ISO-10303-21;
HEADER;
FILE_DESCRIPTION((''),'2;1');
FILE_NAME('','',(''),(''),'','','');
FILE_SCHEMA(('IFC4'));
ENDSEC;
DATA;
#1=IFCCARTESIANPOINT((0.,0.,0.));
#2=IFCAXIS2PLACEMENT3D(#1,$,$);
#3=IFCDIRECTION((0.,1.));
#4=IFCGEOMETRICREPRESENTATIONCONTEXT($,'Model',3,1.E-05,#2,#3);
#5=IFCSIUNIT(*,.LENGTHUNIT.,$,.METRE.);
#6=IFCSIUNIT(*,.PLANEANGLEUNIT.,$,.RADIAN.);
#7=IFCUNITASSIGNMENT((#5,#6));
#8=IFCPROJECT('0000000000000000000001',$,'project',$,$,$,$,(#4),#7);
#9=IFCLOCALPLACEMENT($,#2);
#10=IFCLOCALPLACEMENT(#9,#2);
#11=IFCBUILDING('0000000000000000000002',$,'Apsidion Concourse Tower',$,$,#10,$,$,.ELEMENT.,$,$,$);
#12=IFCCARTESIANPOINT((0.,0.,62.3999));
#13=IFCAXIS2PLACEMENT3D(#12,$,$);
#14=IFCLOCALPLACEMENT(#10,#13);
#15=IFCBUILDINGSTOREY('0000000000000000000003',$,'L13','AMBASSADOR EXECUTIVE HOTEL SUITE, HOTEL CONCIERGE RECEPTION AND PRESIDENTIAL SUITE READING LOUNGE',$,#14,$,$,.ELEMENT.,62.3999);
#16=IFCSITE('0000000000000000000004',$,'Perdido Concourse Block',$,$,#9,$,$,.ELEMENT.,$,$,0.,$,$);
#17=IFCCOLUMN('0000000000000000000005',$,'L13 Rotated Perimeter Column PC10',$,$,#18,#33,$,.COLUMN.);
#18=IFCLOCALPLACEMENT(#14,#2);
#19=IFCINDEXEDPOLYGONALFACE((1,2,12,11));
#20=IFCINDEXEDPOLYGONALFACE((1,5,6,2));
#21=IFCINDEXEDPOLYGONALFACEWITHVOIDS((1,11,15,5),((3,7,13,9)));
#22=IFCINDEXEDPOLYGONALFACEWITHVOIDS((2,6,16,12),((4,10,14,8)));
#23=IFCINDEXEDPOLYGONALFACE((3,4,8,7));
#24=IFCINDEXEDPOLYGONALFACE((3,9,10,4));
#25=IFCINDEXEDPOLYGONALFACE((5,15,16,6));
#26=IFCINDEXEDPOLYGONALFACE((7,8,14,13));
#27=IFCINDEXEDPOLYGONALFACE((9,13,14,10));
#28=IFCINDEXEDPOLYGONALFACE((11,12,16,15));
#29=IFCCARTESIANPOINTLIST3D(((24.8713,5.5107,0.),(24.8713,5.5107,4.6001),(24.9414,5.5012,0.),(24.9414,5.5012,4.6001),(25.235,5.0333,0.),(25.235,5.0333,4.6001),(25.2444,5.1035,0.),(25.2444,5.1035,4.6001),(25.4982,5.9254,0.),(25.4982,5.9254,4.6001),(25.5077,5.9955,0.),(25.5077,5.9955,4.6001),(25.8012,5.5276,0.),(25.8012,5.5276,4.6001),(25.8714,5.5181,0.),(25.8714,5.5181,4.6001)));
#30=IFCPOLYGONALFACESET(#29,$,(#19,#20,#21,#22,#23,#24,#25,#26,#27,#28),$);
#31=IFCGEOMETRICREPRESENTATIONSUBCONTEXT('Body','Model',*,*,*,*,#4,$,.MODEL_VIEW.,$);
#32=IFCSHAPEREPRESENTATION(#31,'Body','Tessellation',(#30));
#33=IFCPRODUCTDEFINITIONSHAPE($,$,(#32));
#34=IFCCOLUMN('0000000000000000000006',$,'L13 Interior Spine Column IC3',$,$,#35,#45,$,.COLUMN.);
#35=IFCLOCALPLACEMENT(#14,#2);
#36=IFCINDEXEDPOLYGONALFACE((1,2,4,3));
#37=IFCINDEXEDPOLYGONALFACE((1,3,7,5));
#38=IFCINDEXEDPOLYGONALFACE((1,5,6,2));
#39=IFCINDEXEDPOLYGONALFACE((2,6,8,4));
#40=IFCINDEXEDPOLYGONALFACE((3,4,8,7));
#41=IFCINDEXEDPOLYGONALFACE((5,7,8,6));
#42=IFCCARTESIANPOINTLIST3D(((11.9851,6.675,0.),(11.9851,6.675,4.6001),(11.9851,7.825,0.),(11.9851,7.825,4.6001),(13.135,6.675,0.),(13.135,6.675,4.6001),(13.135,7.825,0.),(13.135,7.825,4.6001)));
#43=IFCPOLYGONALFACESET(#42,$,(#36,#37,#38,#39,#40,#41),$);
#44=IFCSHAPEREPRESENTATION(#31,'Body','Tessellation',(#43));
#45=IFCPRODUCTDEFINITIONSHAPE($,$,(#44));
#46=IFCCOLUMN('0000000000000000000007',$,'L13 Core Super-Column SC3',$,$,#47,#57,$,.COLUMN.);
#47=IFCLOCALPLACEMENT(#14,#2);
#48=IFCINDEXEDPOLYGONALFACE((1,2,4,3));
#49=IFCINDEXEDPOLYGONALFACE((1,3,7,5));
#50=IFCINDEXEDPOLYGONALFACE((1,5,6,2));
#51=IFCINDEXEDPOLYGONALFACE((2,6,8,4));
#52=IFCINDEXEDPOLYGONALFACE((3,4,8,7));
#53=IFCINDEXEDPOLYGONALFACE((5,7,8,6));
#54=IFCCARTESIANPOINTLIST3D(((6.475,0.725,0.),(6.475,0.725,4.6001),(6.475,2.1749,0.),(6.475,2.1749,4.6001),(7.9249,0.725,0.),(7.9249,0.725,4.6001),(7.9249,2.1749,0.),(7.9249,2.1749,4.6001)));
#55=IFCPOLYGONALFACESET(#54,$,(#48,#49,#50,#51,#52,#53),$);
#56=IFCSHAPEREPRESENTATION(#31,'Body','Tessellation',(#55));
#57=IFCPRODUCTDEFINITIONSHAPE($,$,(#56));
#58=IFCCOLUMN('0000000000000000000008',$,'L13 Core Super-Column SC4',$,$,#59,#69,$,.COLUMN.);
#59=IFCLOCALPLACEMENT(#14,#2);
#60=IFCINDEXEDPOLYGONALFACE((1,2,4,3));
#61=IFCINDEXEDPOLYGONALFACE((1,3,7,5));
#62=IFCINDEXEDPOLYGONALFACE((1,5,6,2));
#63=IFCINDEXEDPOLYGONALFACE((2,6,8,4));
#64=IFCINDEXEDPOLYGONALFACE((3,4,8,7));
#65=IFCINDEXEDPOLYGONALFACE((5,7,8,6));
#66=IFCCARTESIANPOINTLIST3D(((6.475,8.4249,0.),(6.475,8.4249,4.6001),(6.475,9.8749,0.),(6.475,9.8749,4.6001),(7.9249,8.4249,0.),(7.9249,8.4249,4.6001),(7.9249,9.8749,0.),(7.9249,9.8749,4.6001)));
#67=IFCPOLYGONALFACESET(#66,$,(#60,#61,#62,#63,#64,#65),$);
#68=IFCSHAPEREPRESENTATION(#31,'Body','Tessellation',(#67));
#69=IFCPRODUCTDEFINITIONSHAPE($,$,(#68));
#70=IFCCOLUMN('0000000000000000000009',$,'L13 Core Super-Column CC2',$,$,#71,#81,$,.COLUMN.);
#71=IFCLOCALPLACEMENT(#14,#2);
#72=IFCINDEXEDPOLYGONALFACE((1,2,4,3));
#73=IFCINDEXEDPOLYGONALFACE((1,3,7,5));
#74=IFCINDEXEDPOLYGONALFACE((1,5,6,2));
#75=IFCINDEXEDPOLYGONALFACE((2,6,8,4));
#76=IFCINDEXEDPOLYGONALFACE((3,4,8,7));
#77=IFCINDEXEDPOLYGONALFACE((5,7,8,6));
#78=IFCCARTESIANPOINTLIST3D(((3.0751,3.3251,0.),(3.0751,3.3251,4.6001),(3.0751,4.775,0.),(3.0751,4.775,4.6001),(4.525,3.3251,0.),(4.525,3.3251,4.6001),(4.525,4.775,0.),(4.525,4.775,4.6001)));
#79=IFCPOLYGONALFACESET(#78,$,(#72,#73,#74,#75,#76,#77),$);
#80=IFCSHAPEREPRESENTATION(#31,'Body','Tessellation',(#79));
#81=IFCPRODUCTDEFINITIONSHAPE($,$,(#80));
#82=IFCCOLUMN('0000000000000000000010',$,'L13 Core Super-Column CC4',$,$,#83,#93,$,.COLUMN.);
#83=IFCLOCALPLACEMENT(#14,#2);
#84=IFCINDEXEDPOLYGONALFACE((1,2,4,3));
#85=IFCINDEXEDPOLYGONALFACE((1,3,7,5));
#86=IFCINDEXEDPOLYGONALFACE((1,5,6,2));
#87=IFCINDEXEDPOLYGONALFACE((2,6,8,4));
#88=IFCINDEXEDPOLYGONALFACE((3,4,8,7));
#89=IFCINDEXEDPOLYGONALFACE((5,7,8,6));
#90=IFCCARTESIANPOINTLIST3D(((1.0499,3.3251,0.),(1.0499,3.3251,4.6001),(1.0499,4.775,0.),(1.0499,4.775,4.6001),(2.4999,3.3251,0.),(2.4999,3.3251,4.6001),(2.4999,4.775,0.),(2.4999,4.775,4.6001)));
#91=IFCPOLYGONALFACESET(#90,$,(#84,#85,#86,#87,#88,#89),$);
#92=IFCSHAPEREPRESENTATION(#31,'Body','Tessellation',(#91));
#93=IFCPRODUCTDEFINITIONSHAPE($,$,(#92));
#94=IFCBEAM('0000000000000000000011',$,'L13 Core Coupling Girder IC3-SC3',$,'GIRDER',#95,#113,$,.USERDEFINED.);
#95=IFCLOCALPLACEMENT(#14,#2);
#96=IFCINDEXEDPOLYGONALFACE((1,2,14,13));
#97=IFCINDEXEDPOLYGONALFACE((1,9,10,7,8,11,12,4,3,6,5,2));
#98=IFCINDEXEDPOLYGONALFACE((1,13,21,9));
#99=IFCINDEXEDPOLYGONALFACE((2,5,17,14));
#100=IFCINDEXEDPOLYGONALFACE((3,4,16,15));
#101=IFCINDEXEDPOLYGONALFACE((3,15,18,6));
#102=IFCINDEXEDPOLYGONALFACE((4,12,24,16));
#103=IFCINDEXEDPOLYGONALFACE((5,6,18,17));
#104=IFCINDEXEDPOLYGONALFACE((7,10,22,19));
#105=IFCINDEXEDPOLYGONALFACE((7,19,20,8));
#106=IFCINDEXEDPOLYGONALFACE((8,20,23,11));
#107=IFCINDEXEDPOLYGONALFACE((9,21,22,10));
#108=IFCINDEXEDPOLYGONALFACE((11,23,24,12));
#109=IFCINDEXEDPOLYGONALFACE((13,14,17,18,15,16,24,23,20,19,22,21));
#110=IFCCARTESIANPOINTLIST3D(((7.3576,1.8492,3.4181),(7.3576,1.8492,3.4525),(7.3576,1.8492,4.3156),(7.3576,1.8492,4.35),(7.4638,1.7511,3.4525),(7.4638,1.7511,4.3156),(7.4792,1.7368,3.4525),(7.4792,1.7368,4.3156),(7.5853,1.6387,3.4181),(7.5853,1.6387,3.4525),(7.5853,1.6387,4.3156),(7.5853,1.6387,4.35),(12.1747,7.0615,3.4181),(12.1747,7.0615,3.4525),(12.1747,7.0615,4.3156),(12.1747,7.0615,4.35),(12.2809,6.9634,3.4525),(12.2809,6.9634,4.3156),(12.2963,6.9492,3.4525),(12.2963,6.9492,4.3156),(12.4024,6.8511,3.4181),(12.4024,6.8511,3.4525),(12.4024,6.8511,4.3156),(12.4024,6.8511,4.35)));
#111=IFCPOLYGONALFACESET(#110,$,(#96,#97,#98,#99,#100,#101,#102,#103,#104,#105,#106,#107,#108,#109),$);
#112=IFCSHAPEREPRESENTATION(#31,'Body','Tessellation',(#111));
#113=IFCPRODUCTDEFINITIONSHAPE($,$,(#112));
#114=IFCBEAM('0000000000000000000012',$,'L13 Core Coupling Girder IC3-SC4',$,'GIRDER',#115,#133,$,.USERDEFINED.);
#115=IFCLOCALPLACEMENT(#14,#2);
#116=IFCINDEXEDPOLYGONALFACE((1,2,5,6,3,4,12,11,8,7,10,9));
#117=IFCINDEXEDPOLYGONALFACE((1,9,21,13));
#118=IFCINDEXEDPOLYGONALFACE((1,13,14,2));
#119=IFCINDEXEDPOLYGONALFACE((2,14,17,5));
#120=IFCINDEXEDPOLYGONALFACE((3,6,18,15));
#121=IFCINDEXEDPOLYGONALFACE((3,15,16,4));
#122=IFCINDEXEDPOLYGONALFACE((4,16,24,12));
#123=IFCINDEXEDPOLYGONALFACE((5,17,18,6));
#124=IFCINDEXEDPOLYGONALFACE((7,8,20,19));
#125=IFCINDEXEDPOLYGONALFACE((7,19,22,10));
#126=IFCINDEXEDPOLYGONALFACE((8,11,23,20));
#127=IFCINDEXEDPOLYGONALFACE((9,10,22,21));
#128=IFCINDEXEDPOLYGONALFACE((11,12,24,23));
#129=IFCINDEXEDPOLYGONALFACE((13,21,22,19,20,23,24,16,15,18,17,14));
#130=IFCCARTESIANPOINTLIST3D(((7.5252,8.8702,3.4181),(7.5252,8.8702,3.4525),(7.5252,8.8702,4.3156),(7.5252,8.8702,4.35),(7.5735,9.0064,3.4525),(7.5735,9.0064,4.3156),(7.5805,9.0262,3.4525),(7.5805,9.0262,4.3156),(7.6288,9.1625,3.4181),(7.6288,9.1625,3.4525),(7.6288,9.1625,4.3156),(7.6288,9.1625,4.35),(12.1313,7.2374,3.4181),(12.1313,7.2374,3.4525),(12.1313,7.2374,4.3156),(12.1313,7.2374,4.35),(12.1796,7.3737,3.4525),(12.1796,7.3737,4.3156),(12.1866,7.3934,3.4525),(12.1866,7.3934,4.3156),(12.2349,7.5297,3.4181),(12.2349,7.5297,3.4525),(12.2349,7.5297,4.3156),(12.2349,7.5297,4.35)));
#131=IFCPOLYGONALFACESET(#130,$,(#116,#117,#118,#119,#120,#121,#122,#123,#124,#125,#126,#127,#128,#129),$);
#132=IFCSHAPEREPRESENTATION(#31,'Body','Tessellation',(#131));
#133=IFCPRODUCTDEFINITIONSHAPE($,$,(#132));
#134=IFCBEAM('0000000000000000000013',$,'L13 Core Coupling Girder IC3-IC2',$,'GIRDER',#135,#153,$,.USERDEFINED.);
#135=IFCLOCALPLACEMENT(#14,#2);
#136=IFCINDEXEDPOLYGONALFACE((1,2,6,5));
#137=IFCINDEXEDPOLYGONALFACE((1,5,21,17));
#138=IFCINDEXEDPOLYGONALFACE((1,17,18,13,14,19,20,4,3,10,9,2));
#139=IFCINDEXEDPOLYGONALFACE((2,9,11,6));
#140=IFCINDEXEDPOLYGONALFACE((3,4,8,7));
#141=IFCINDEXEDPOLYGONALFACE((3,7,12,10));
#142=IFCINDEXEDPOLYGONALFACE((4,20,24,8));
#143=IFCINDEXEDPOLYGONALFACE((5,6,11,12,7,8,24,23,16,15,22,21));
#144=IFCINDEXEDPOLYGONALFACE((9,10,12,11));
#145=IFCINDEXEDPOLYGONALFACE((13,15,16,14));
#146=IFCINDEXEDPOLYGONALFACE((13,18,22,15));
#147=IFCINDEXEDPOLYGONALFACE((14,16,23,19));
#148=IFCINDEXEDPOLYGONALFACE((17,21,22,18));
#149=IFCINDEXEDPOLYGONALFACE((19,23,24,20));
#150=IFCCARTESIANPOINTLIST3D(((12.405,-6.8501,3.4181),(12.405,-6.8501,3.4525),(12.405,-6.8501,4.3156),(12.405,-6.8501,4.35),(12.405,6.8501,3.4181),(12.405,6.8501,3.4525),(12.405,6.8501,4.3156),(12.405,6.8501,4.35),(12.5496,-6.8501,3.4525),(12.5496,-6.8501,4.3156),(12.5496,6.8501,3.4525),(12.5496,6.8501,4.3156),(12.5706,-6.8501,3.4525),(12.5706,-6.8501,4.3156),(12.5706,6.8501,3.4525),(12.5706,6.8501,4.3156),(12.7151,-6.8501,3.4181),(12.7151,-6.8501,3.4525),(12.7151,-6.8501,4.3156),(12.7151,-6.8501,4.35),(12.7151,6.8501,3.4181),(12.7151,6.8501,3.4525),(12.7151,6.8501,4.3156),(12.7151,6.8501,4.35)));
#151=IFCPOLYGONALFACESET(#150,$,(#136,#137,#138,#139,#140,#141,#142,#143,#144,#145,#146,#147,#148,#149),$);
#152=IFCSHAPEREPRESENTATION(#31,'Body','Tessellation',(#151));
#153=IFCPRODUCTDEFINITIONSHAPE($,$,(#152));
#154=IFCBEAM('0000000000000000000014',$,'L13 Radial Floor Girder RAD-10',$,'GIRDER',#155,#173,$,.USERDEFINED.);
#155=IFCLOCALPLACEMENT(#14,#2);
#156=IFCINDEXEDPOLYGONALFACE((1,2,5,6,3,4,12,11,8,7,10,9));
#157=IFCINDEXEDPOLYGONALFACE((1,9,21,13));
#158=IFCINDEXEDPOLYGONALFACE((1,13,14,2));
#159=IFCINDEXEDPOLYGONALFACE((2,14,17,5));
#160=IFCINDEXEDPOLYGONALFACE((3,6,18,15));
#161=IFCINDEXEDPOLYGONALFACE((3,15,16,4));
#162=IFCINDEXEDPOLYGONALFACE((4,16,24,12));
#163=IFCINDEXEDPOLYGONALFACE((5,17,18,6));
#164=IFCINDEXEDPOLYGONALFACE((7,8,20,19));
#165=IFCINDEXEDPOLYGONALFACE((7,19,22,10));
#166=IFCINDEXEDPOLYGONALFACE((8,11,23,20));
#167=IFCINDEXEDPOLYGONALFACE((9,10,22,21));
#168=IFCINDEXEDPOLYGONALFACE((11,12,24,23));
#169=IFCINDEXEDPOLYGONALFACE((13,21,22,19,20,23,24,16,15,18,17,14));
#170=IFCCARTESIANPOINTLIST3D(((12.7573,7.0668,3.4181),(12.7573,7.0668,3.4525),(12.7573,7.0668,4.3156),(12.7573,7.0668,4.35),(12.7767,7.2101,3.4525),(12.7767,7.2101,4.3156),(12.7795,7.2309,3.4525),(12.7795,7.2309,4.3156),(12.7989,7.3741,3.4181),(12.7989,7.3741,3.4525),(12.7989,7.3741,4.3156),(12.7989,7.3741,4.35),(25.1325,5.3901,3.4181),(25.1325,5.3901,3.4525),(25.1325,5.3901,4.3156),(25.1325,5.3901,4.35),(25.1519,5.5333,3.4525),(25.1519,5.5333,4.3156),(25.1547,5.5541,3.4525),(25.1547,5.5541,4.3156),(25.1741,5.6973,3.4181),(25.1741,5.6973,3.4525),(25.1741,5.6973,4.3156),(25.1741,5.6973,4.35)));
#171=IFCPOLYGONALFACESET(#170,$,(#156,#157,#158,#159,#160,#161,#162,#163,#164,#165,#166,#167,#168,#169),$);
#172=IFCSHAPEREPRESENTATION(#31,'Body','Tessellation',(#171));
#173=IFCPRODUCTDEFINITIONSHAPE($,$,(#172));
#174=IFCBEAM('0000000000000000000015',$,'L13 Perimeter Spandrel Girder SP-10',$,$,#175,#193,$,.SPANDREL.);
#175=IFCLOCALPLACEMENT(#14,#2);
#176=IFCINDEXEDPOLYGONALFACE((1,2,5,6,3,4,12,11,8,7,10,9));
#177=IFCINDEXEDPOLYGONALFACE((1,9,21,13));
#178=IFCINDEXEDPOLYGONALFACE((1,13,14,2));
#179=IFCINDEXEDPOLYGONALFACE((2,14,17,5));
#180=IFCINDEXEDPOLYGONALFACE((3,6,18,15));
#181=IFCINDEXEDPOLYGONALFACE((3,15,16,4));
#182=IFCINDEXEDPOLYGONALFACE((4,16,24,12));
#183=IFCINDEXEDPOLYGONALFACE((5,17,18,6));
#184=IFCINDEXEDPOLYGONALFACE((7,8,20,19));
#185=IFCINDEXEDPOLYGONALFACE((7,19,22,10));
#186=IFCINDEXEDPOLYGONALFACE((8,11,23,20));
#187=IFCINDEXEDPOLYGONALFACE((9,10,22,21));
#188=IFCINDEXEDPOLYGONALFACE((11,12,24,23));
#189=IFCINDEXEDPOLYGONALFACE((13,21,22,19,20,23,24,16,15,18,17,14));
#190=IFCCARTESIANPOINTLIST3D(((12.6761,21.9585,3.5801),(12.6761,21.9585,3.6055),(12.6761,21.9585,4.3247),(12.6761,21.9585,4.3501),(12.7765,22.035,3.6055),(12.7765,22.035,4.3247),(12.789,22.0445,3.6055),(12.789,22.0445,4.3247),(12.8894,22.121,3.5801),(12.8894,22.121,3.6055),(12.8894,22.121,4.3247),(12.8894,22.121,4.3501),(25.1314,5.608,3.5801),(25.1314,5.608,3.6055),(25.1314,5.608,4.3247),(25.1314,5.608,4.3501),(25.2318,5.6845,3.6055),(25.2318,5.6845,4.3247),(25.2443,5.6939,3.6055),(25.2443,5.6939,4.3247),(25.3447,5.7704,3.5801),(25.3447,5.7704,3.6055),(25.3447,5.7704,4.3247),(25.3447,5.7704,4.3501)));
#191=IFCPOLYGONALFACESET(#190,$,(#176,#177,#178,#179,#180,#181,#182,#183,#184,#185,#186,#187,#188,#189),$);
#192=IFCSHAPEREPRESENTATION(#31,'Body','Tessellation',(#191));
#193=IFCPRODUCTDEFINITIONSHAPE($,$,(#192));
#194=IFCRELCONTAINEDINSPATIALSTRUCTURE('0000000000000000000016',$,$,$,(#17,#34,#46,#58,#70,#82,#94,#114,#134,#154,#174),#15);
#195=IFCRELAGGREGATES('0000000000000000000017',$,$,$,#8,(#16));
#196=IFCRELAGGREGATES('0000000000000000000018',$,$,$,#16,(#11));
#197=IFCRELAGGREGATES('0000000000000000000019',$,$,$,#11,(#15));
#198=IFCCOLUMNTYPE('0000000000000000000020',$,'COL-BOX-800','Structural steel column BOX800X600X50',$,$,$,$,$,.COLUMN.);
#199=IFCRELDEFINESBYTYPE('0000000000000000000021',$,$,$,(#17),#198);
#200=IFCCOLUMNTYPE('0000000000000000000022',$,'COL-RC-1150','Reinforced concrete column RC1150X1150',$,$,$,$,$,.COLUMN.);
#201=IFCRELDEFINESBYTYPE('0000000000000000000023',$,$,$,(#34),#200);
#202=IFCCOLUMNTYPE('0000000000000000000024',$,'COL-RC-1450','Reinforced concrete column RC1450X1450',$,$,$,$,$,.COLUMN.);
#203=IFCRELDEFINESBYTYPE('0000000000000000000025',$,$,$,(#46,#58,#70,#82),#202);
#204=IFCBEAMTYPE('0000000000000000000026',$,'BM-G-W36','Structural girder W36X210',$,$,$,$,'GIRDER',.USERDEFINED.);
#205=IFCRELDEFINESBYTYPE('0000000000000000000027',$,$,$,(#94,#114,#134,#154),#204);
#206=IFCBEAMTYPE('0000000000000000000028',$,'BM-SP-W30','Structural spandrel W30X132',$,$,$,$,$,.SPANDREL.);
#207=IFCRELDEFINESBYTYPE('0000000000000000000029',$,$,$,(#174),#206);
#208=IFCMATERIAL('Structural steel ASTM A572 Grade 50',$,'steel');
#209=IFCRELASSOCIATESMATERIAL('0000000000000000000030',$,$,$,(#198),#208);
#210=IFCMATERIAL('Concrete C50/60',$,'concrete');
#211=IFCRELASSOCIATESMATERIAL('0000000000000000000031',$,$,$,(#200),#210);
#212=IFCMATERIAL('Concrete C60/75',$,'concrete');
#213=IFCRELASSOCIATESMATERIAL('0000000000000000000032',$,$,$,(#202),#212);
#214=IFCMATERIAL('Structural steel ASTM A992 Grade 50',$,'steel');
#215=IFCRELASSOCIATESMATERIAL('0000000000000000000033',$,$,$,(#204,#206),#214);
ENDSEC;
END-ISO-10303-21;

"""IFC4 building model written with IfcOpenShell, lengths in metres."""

from ifc_helpers import new_model, si_unit, direction, frame, origin, origin_2d, place, context, subcontext, project, spatial, rectangle, hollow_rectangle, i_section, extrude, material, material_profile, profile_set, type_object, element, save


model = new_model("IFC4")

# Units and contexts
model_context = context("Model", 3, precision=1e-05, world=origin(), true_north=direction((0.0, 1.0)))
body_context = subcontext(model_context, "Body", "Model", "MODEL_VIEW")
ifc_project = project(units=[si_unit("LENGTHUNIT", "METRE"), si_unit("PLANEANGLEUNIT", "RADIAN")], contexts=[model_context])

# Site, building, storey
site_placement = place(None, origin())
site = spatial("IfcSite", under=ifc_project, at=site_placement, Name="Perdido Concourse Block", CompositionType="ELEMENT", RefElevation=0.0)
building_placement = place(site_placement, origin())
building = spatial("IfcBuilding", under=site, at=building_placement, Name="Apsidion Concourse Tower", CompositionType="ELEMENT")
storey_placement = place(building_placement, frame((0.0, 0.0, 62.3999)))
storey = spatial("IfcBuildingStorey", under=building, at=storey_placement, Name="L13", Description="AMBASSADOR EXECUTIVE HOTEL SUITE, HOTEL CONCIERGE RECEPTION AND PRESIDENTIAL SUITE READING LOUNGE", CompositionType="ELEMENT", Elevation=62.3999)

# Columns
ifc_material_1 = material(Name="Structural steel ASTM A572 Grade 50", Category="steel")
ifc_material_profile_1 = material_profile(ifc_material_1, hollow_rectangle(XDim=0.6001, YDim=0.8, WallThickness=0.05, at=origin_2d()), Name="BOX800X600X50")
ifc_profile_set_1 = profile_set([ifc_material_profile_1], Name="Structural steel ASTM A572 Grade 50")
column_type_1 = type_object("IfcColumnType", Name="COL-BOX-800", Description="Structural steel column BOX800X600X50", PredefinedType="COLUMN", material=ifc_profile_set_1)
column_1_placement = place(storey_placement, frame((25.3713, 5.5144, 0.0), z_axis=(0.0, 0.0, 1.0), x_axis=(-0.605988, 0.795473, 0.0)))
element("IfcColumn", 1, at=column_1_placement, inside=storey, type_object=column_type_1, Name="L13 Rotated Perimeter Column PC10", PredefinedType="COLUMN", context=body_context, shape_type="SweptSolid", body=[
    extrude(hollow_rectangle(XDim=0.6001, YDim=0.8, WallThickness=0.05, at=origin_2d()), origin(), (0.0, 0.0, 1.0), 4.6001),
])
ifc_material_2 = material(Name="Concrete C50/60", Category="concrete")
ifc_material_profile_2 = material_profile(ifc_material_2, rectangle(XDim=1.1499, YDim=1.1499, at=origin_2d()), Name="RC 1150x1150")
ifc_profile_set_2 = profile_set([ifc_material_profile_2], Name="Concrete C50/60")
column_type_2 = type_object("IfcColumnType", Name="COL-RC-1150", Description="Reinforced concrete column RC1150X1150", PredefinedType="COLUMN", material=ifc_profile_set_2)
column_2_placement = place(storey_placement, frame((12.5601, 7.25, 0.0), z_axis=(0.0, 0.0, 1.0), x_axis=(1.0, 0.0, 0.0)))
element("IfcColumn", 2, at=column_2_placement, inside=storey, type_object=column_type_2, Name="L13 Interior Spine Column IC3", PredefinedType="COLUMN", context=body_context, shape_type="SweptSolid", body=[
    extrude(rectangle(XDim=1.1499, YDim=1.1499, at=origin_2d()), origin(), (0.0, 0.0, 1.0), 4.6001),
])
ifc_material_3 = material(Name="Concrete C60/75", Category="concrete")
ifc_material_profile_3 = material_profile(ifc_material_3, rectangle(XDim=1.45, YDim=1.45, at=origin_2d()), Name="RC 1450x1450")
ifc_profile_set_3 = profile_set([ifc_material_profile_3], Name="Concrete C60/75")
column_type_3 = type_object("IfcColumnType", Name="COL-RC-1450", Description="Reinforced concrete column RC1450X1450", PredefinedType="COLUMN", material=ifc_profile_set_3)
for number, where, z_axis, x_axis, name in (
    (3, (7.2, 1.45, 0.0), (0.0, 0.0, 1.0), (1.0, 0.0, 0.0), "L13 Core Super-Column SC3"),
    (4, (7.2, 9.1499, 0.0), (0.0, 0.0, 1.0), (1.0, 0.0, 0.0), "L13 Core Super-Column SC4"),
    (5, (3.8, 4.05, 0.0), (0.0, 0.0, 1.0), (1.0, 0.0, 0.0), "L13 Core Super-Column CC2"),
    (6, (1.7749, 4.05, 0.0), (0.0, 0.0, 1.0), (1.0, 0.0, 0.0), "L13 Core Super-Column CC4"),
):
    element("IfcColumn", number, at=place(storey_placement, frame(where, z_axis=z_axis, x_axis=x_axis)), inside=storey, type_object=column_type_3, Name=name, PredefinedType="COLUMN", context=body_context, shape_type="SweptSolid", body=[
        extrude(rectangle(XDim=1.45, YDim=1.45, at=origin_2d()), origin(), (0.0, 0.0, 1.0), 4.6001),
    ])

# Beams
ifc_material_4 = material(Name="Structural steel ASTM A992 Grade 50", Category="steel")
ifc_material_profile_4 = material_profile(ifc_material_4, i_section(OverallWidth=0.3101, OverallDepth=0.9319, WebThickness=0.021, FlangeThickness=0.0344, at=origin_2d()), Name="W36X210")
ifc_profile_set_4 = profile_set([ifc_material_profile_4], Name="Structural steel ASTM A992 Grade 50")
beam_type_1 = type_object("IfcBeamType", Name="BM-G-W36", Description="Structural girder W36X210", ElementType="GIRDER", PredefinedType="USERDEFINED", material=ifc_profile_set_4)
beam_1_placement = place(storey_placement, frame((12.2886, 6.9563, 3.884), z_axis=(-0.678713, -0.734404, 0.0), x_axis=(0.734404, -0.678713, 0.0)))
element("IfcBeam", 7, at=beam_1_placement, inside=storey, type_object=beam_type_1, Name="L13 Core Coupling Girder IC3-SC3", ObjectType="GIRDER", PredefinedType="USERDEFINED", context=body_context, shape_type="SweptSolid", body=[
    extrude(i_section(OverallWidth=0.3101, OverallDepth=0.9319, WebThickness=0.021, FlangeThickness=0.0344, at=origin_2d()), origin(), (0.0, 0.0, 1.0), 7.0974),
])
beam_2_placement = place(storey_placement, frame((12.1831, 7.3835, 3.884), z_axis=(-0.942534, 0.334111, 0.0), x_axis=(-0.334111, -0.942534, 0.0)))
element("IfcBeam", 8, at=beam_2_placement, inside=storey, type_object=beam_type_1, Name="L13 Core Coupling Girder IC3-SC4", ObjectType="GIRDER", PredefinedType="USERDEFINED", context=body_context, shape_type="SweptSolid", body=[
    extrude(i_section(OverallWidth=0.3101, OverallDepth=0.9319, WebThickness=0.021, FlangeThickness=0.0344, at=origin_2d()), origin(), (0.0, 0.0, 1.0), 4.887),
])
beam_3_placement = place(storey_placement, frame((12.5601, 6.8501, 3.884), z_axis=(0.0, -1.0, 0.0), x_axis=(1.0, 0.0, 0.0)))
element("IfcBeam", 9, at=beam_3_placement, inside=storey, type_object=beam_type_1, Name="L13 Core Coupling Girder IC3-IC2", ObjectType="GIRDER", PredefinedType="USERDEFINED", context=body_context, shape_type="SweptSolid", body=[
    extrude(i_section(OverallWidth=0.3101, OverallDepth=0.9319, WebThickness=0.021, FlangeThickness=0.0344, at=origin_2d()), origin(), (0.0, 0.0, 1.0), 13.7002),
])
beam_4_placement = place(storey_placement, frame((12.7781, 7.2205, 3.884), z_axis=(0.990945, -0.134266, 0.0), x_axis=(0.134266, 0.990945, 0.0)))
element("IfcBeam", 10, at=beam_4_placement, inside=storey, type_object=beam_type_1, Name="L13 Radial Floor Girder RAD-10", ObjectType="GIRDER", PredefinedType="USERDEFINED", context=body_context, shape_type="SweptSolid", body=[
    extrude(i_section(OverallWidth=0.3101, OverallDepth=0.9319, WebThickness=0.021, FlangeThickness=0.0344, at=origin_2d()), origin(), (0.0, 0.0, 1.0), 12.4883),
])
ifc_material_profile_5 = material_profile(ifc_material_4, i_section(OverallWidth=0.2681, OverallDepth=0.77, WebThickness=0.0156, FlangeThickness=0.0254, at=origin_2d()), Name="W30X132")
ifc_profile_set_5 = profile_set([ifc_material_profile_5], Name="Structural steel ASTM A992 Grade 50")
beam_type_2 = type_object("IfcBeamType", Name="BM-SP-W30", Description="Structural spandrel W30X132", PredefinedType="SPANDREL", material=ifc_profile_set_5)
beam_5_placement = place(storey_placement, frame((25.238, 5.6892, 3.9651), z_axis=(-0.605973, 0.795485, 0.0), x_axis=(-0.795485, -0.605973, 0.0)))
element("IfcBeam", 11, at=beam_5_placement, inside=storey, type_object=beam_type_2, Name="L13 Perimeter Spandrel Girder SP-10", PredefinedType="SPANDREL", context=body_context, shape_type="SweptSolid", body=[
    extrude(i_section(OverallWidth=0.2681, OverallDepth=0.77, WebThickness=0.0156, FlangeThickness=0.0254, at=origin_2d()), origin(), (0.0, 0.0, 1.0), 20.5542),
])

save(model, "model.ifc")
